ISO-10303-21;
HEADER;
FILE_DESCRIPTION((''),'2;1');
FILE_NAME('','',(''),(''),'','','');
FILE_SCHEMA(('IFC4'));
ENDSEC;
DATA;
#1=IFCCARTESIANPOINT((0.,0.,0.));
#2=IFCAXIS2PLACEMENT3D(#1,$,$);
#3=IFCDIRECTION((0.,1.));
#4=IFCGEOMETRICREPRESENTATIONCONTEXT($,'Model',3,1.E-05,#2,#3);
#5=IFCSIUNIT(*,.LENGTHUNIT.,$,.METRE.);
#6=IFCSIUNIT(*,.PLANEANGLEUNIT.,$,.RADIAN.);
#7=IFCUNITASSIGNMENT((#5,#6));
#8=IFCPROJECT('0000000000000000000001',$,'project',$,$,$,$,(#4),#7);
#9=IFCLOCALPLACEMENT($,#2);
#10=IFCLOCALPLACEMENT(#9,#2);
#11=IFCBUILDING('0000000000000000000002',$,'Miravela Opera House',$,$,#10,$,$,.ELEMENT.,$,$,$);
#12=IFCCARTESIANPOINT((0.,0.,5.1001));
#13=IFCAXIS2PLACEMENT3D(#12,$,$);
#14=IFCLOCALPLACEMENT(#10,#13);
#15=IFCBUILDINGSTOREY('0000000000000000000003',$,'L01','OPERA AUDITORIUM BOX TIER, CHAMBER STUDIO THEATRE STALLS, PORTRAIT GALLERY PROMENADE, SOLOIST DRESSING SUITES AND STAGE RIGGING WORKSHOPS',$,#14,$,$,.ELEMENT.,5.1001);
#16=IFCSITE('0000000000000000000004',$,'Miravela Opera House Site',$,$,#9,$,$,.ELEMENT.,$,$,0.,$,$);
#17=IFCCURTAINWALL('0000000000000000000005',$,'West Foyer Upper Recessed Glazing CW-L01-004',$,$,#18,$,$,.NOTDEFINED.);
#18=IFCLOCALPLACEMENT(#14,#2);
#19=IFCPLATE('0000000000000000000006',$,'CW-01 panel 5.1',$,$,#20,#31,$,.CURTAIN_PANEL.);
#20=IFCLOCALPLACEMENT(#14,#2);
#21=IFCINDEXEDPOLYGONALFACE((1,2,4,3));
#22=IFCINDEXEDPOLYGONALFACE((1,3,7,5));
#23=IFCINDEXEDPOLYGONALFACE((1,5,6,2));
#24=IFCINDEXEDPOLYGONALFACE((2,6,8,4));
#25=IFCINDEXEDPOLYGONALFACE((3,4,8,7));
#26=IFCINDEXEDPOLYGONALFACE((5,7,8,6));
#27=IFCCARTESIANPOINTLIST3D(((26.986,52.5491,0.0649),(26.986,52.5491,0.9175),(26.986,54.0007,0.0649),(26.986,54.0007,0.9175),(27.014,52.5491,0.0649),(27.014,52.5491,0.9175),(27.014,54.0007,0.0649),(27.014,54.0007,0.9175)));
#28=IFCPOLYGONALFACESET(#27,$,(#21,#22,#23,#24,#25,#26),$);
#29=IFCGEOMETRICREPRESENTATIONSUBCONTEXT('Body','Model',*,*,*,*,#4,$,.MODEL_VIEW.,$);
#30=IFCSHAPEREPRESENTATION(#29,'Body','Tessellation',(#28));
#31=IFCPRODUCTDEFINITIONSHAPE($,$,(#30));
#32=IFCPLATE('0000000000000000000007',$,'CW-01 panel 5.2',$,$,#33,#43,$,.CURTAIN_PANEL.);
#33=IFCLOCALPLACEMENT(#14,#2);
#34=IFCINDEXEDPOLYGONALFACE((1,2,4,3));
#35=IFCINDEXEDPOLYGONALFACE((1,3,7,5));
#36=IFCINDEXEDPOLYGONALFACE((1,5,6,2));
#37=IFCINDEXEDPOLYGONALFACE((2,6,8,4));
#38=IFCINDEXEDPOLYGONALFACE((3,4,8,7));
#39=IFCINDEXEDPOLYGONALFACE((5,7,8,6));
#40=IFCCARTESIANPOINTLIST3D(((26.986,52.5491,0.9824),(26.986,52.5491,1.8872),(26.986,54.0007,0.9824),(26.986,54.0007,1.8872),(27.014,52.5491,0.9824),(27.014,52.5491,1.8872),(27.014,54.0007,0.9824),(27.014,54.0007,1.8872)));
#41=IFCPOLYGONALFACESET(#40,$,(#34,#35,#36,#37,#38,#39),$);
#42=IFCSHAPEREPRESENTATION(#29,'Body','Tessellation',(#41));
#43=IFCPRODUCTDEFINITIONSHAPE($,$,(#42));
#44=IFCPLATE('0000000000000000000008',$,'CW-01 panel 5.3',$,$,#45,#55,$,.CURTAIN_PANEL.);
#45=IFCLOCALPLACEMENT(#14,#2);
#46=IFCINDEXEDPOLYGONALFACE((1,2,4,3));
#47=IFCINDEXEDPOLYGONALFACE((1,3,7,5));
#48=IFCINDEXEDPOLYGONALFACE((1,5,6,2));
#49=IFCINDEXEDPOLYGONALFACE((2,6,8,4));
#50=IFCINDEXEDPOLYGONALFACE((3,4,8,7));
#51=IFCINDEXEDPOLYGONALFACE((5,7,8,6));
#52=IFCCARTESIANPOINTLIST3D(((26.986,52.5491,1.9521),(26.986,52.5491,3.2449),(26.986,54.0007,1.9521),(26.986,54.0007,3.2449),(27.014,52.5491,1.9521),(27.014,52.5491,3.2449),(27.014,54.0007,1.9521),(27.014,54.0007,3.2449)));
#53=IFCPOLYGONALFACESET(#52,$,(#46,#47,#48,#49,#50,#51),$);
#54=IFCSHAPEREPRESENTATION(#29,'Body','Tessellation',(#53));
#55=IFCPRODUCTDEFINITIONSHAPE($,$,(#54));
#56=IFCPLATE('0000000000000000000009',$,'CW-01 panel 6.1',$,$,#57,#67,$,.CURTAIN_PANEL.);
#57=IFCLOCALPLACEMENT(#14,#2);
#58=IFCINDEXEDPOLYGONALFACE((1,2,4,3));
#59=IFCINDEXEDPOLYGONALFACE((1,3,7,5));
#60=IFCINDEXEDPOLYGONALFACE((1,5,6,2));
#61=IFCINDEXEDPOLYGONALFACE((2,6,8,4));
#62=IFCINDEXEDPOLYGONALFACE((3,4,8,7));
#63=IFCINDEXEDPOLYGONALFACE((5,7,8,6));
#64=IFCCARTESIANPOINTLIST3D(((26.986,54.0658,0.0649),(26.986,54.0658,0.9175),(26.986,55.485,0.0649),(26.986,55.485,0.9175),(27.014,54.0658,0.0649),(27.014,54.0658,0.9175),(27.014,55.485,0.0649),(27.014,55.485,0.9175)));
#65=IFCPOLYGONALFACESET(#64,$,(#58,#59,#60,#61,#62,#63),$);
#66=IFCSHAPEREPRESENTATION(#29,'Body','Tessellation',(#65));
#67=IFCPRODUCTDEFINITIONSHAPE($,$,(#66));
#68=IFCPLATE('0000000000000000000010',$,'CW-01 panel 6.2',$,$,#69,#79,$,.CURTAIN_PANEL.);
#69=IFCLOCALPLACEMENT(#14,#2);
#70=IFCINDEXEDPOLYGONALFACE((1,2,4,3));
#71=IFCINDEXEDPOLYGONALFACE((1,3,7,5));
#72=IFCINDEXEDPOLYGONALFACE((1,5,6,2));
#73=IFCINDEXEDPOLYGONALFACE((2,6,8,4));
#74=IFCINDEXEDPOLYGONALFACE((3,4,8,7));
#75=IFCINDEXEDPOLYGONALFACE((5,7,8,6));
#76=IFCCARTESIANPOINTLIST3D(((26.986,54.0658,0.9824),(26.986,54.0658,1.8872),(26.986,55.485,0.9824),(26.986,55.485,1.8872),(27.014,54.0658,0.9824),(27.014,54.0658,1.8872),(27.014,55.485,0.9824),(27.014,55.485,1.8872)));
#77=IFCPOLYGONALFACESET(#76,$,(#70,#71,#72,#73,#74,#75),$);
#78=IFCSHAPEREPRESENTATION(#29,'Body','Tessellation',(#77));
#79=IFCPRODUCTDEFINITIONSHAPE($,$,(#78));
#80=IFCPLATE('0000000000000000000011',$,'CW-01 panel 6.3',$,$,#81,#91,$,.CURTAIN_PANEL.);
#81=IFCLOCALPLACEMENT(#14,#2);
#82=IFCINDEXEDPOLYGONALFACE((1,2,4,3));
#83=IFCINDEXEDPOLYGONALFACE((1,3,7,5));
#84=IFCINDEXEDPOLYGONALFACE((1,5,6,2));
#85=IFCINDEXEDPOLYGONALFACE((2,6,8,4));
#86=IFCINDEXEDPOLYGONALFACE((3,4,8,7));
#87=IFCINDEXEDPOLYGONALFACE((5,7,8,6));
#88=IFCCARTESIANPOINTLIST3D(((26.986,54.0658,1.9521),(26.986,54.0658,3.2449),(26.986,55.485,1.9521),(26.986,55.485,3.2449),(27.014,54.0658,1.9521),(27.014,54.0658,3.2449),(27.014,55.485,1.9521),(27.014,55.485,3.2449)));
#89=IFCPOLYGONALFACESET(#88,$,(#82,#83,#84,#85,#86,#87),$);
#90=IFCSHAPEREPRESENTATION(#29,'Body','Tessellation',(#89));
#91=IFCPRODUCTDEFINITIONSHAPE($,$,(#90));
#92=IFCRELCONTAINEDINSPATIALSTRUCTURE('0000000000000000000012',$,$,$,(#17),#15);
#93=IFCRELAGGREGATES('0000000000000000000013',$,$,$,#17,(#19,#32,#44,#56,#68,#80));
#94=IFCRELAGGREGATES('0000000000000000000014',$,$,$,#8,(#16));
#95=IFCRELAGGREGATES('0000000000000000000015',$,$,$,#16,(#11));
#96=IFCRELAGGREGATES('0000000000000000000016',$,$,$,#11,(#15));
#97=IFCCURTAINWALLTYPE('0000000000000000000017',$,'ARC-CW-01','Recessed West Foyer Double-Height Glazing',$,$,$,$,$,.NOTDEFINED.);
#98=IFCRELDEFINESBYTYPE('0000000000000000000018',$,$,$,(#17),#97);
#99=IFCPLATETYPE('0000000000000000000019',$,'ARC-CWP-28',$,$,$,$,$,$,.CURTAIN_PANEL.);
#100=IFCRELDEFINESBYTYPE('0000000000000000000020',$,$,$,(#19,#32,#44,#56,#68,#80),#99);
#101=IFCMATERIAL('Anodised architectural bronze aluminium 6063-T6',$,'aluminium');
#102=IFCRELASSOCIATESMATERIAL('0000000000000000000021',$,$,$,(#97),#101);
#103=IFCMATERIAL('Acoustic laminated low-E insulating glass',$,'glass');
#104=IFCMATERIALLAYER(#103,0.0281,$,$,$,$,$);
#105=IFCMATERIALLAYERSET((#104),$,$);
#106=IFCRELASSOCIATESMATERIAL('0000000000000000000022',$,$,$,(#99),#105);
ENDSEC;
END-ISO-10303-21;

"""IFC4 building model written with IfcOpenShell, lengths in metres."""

from ifc_helpers import new_model, si_unit, direction, frame, origin, origin_2d, place, context, subcontext, project, spatial, rectangle, extrude, material, layer, layer_set, type_object, element, aggregate, save


model = new_model("IFC4")

# Units and contexts
model_context = context("Model", 3, precision=1e-05, world=origin(), true_north=direction((0.0, 1.0)))
body_context = subcontext(model_context, "Body", "Model", "MODEL_VIEW")
ifc_project = project(units=[si_unit("LENGTHUNIT", "METRE"), si_unit("PLANEANGLEUNIT", "RADIAN")], contexts=[model_context])

# Site, building, storey
site_placement = place(None, origin())
site = spatial("IfcSite", under=ifc_project, at=site_placement, Name="Miravela Opera House Site", CompositionType="ELEMENT", RefElevation=0.0)
building_placement = place(site_placement, origin())
building = spatial("IfcBuilding", under=site, at=building_placement, Name="Miravela Opera House", CompositionType="ELEMENT")
storey_placement = place(building_placement, frame((0.0, 0.0, 5.1001)))
storey = spatial("IfcBuildingStorey", under=building, at=storey_placement, Name="L01", Description="OPERA AUDITORIUM BOX TIER, CHAMBER STUDIO THEATRE STALLS, PORTRAIT GALLERY PROMENADE, SOLOIST DRESSING SUITES AND STAGE RIGGING WORKSHOPS", CompositionType="ELEMENT", Elevation=5.1001)

# Curtain wall
ifc_material_1 = material(Name="Anodised architectural bronze aluminium 6063-T6", Category="aluminium")
curtain_wall_type = type_object("IfcCurtainWallType", Name="ARC-CW-01", Description="Recessed West Foyer Double-Height Glazing", PredefinedType="NOTDEFINED", material=ifc_material_1)
curtain_wall_1_placement = place(storey_placement, origin())
curtain_wall_1 = element("IfcCurtainWall", 1, at=curtain_wall_1_placement, inside=storey, type_object=curtain_wall_type, Name="West Foyer Upper Recessed Glazing CW-L01-004", PredefinedType="NOTDEFINED")

# Plates
ifc_material_2 = material(Name="Acoustic laminated low-E insulating glass", Category="glass")
ifc_layer = layer(ifc_material_2, 0.0281)
ifc_layer_set = layer_set([ifc_layer])
plate_type = type_object("IfcPlateType", Name="ARC-CWP-28", PredefinedType="CURTAIN_PANEL", material=ifc_layer_set)
plate_1_placement = place(storey_placement, frame((27.0, 53.2749, 0.0649), z_axis=(0.0, 0.0, 1.0), x_axis=(0.0, 1.0, 0.0)))
plate_1 = element("IfcPlate", 2, at=plate_1_placement, type_object=plate_type, Name="CW-01 panel 5.1", PredefinedType="CURTAIN_PANEL", context=body_context, shape_type="SweptSolid", body=[
    extrude(rectangle(XDim=1.4517, YDim=0.0281, at=origin_2d()), origin(), (0.0, 0.0, 1.0), 0.8525),
])
plate_2_placement = place(storey_placement, frame((27.0, 53.2749, 0.9824), z_axis=(0.0, 0.0, 1.0), x_axis=(0.0, 1.0, 0.0)))
plate_2 = element("IfcPlate", 3, at=plate_2_placement, type_object=plate_type, Name="CW-01 panel 5.2", PredefinedType="CURTAIN_PANEL", context=body_context, shape_type="SweptSolid", body=[
    extrude(rectangle(XDim=1.4517, YDim=0.0281, at=origin_2d()), origin(), (0.0, 0.0, 1.0), 0.9048),
])
plate_3_placement = place(storey_placement, frame((27.0, 53.2749, 1.9521), z_axis=(0.0, 0.0, 1.0), x_axis=(0.0, 1.0, 0.0)))
plate_3 = element("IfcPlate", 4, at=plate_3_placement, type_object=plate_type, Name="CW-01 panel 5.3", PredefinedType="CURTAIN_PANEL", context=body_context, shape_type="SweptSolid", body=[
    extrude(rectangle(XDim=1.4517, YDim=0.0281, at=origin_2d()), origin(), (0.0, 0.0, 1.0), 1.2927),
])
plate_4_placement = place(storey_placement, frame((27.0, 54.7754, 0.0649), z_axis=(0.0, 0.0, 1.0), x_axis=(0.0, 1.0, 0.0)))
plate_4 = element("IfcPlate", 5, at=plate_4_placement, type_object=plate_type, Name="CW-01 panel 6.1", PredefinedType="CURTAIN_PANEL", context=body_context, shape_type="SweptSolid", body=[
    extrude(rectangle(XDim=1.4192, YDim=0.0281, at=origin_2d()), origin(), (0.0, 0.0, 1.0), 0.8525),
])
plate_5_placement = place(storey_placement, frame((27.0, 54.7754, 0.9824), z_axis=(0.0, 0.0, 1.0), x_axis=(0.0, 1.0, 0.0)))
plate_5 = element("IfcPlate", 6, at=plate_5_placement, type_object=plate_type, Name="CW-01 panel 6.2", PredefinedType="CURTAIN_PANEL", context=body_context, shape_type="SweptSolid", body=[
    extrude(rectangle(XDim=1.4192, YDim=0.0281, at=origin_2d()), origin(), (0.0, 0.0, 1.0), 0.9048),
])
plate_6_placement = place(storey_placement, frame((27.0, 54.7754, 1.9521), z_axis=(0.0, 0.0, 1.0), x_axis=(0.0, 1.0, 0.0)))
plate_6 = element("IfcPlate", 7, at=plate_6_placement, type_object=plate_type, Name="CW-01 panel 6.3", PredefinedType="CURTAIN_PANEL", context=body_context, shape_type="SweptSolid", body=[
    extrude(rectangle(XDim=1.4192, YDim=0.0281, at=origin_2d()), origin(), (0.0, 0.0, 1.0), 1.2927),
])
aggregate(curtain_wall_1, [plate_1, plate_2, plate_3, plate_4, plate_5, plate_6])

save(model, "model.ifc")
